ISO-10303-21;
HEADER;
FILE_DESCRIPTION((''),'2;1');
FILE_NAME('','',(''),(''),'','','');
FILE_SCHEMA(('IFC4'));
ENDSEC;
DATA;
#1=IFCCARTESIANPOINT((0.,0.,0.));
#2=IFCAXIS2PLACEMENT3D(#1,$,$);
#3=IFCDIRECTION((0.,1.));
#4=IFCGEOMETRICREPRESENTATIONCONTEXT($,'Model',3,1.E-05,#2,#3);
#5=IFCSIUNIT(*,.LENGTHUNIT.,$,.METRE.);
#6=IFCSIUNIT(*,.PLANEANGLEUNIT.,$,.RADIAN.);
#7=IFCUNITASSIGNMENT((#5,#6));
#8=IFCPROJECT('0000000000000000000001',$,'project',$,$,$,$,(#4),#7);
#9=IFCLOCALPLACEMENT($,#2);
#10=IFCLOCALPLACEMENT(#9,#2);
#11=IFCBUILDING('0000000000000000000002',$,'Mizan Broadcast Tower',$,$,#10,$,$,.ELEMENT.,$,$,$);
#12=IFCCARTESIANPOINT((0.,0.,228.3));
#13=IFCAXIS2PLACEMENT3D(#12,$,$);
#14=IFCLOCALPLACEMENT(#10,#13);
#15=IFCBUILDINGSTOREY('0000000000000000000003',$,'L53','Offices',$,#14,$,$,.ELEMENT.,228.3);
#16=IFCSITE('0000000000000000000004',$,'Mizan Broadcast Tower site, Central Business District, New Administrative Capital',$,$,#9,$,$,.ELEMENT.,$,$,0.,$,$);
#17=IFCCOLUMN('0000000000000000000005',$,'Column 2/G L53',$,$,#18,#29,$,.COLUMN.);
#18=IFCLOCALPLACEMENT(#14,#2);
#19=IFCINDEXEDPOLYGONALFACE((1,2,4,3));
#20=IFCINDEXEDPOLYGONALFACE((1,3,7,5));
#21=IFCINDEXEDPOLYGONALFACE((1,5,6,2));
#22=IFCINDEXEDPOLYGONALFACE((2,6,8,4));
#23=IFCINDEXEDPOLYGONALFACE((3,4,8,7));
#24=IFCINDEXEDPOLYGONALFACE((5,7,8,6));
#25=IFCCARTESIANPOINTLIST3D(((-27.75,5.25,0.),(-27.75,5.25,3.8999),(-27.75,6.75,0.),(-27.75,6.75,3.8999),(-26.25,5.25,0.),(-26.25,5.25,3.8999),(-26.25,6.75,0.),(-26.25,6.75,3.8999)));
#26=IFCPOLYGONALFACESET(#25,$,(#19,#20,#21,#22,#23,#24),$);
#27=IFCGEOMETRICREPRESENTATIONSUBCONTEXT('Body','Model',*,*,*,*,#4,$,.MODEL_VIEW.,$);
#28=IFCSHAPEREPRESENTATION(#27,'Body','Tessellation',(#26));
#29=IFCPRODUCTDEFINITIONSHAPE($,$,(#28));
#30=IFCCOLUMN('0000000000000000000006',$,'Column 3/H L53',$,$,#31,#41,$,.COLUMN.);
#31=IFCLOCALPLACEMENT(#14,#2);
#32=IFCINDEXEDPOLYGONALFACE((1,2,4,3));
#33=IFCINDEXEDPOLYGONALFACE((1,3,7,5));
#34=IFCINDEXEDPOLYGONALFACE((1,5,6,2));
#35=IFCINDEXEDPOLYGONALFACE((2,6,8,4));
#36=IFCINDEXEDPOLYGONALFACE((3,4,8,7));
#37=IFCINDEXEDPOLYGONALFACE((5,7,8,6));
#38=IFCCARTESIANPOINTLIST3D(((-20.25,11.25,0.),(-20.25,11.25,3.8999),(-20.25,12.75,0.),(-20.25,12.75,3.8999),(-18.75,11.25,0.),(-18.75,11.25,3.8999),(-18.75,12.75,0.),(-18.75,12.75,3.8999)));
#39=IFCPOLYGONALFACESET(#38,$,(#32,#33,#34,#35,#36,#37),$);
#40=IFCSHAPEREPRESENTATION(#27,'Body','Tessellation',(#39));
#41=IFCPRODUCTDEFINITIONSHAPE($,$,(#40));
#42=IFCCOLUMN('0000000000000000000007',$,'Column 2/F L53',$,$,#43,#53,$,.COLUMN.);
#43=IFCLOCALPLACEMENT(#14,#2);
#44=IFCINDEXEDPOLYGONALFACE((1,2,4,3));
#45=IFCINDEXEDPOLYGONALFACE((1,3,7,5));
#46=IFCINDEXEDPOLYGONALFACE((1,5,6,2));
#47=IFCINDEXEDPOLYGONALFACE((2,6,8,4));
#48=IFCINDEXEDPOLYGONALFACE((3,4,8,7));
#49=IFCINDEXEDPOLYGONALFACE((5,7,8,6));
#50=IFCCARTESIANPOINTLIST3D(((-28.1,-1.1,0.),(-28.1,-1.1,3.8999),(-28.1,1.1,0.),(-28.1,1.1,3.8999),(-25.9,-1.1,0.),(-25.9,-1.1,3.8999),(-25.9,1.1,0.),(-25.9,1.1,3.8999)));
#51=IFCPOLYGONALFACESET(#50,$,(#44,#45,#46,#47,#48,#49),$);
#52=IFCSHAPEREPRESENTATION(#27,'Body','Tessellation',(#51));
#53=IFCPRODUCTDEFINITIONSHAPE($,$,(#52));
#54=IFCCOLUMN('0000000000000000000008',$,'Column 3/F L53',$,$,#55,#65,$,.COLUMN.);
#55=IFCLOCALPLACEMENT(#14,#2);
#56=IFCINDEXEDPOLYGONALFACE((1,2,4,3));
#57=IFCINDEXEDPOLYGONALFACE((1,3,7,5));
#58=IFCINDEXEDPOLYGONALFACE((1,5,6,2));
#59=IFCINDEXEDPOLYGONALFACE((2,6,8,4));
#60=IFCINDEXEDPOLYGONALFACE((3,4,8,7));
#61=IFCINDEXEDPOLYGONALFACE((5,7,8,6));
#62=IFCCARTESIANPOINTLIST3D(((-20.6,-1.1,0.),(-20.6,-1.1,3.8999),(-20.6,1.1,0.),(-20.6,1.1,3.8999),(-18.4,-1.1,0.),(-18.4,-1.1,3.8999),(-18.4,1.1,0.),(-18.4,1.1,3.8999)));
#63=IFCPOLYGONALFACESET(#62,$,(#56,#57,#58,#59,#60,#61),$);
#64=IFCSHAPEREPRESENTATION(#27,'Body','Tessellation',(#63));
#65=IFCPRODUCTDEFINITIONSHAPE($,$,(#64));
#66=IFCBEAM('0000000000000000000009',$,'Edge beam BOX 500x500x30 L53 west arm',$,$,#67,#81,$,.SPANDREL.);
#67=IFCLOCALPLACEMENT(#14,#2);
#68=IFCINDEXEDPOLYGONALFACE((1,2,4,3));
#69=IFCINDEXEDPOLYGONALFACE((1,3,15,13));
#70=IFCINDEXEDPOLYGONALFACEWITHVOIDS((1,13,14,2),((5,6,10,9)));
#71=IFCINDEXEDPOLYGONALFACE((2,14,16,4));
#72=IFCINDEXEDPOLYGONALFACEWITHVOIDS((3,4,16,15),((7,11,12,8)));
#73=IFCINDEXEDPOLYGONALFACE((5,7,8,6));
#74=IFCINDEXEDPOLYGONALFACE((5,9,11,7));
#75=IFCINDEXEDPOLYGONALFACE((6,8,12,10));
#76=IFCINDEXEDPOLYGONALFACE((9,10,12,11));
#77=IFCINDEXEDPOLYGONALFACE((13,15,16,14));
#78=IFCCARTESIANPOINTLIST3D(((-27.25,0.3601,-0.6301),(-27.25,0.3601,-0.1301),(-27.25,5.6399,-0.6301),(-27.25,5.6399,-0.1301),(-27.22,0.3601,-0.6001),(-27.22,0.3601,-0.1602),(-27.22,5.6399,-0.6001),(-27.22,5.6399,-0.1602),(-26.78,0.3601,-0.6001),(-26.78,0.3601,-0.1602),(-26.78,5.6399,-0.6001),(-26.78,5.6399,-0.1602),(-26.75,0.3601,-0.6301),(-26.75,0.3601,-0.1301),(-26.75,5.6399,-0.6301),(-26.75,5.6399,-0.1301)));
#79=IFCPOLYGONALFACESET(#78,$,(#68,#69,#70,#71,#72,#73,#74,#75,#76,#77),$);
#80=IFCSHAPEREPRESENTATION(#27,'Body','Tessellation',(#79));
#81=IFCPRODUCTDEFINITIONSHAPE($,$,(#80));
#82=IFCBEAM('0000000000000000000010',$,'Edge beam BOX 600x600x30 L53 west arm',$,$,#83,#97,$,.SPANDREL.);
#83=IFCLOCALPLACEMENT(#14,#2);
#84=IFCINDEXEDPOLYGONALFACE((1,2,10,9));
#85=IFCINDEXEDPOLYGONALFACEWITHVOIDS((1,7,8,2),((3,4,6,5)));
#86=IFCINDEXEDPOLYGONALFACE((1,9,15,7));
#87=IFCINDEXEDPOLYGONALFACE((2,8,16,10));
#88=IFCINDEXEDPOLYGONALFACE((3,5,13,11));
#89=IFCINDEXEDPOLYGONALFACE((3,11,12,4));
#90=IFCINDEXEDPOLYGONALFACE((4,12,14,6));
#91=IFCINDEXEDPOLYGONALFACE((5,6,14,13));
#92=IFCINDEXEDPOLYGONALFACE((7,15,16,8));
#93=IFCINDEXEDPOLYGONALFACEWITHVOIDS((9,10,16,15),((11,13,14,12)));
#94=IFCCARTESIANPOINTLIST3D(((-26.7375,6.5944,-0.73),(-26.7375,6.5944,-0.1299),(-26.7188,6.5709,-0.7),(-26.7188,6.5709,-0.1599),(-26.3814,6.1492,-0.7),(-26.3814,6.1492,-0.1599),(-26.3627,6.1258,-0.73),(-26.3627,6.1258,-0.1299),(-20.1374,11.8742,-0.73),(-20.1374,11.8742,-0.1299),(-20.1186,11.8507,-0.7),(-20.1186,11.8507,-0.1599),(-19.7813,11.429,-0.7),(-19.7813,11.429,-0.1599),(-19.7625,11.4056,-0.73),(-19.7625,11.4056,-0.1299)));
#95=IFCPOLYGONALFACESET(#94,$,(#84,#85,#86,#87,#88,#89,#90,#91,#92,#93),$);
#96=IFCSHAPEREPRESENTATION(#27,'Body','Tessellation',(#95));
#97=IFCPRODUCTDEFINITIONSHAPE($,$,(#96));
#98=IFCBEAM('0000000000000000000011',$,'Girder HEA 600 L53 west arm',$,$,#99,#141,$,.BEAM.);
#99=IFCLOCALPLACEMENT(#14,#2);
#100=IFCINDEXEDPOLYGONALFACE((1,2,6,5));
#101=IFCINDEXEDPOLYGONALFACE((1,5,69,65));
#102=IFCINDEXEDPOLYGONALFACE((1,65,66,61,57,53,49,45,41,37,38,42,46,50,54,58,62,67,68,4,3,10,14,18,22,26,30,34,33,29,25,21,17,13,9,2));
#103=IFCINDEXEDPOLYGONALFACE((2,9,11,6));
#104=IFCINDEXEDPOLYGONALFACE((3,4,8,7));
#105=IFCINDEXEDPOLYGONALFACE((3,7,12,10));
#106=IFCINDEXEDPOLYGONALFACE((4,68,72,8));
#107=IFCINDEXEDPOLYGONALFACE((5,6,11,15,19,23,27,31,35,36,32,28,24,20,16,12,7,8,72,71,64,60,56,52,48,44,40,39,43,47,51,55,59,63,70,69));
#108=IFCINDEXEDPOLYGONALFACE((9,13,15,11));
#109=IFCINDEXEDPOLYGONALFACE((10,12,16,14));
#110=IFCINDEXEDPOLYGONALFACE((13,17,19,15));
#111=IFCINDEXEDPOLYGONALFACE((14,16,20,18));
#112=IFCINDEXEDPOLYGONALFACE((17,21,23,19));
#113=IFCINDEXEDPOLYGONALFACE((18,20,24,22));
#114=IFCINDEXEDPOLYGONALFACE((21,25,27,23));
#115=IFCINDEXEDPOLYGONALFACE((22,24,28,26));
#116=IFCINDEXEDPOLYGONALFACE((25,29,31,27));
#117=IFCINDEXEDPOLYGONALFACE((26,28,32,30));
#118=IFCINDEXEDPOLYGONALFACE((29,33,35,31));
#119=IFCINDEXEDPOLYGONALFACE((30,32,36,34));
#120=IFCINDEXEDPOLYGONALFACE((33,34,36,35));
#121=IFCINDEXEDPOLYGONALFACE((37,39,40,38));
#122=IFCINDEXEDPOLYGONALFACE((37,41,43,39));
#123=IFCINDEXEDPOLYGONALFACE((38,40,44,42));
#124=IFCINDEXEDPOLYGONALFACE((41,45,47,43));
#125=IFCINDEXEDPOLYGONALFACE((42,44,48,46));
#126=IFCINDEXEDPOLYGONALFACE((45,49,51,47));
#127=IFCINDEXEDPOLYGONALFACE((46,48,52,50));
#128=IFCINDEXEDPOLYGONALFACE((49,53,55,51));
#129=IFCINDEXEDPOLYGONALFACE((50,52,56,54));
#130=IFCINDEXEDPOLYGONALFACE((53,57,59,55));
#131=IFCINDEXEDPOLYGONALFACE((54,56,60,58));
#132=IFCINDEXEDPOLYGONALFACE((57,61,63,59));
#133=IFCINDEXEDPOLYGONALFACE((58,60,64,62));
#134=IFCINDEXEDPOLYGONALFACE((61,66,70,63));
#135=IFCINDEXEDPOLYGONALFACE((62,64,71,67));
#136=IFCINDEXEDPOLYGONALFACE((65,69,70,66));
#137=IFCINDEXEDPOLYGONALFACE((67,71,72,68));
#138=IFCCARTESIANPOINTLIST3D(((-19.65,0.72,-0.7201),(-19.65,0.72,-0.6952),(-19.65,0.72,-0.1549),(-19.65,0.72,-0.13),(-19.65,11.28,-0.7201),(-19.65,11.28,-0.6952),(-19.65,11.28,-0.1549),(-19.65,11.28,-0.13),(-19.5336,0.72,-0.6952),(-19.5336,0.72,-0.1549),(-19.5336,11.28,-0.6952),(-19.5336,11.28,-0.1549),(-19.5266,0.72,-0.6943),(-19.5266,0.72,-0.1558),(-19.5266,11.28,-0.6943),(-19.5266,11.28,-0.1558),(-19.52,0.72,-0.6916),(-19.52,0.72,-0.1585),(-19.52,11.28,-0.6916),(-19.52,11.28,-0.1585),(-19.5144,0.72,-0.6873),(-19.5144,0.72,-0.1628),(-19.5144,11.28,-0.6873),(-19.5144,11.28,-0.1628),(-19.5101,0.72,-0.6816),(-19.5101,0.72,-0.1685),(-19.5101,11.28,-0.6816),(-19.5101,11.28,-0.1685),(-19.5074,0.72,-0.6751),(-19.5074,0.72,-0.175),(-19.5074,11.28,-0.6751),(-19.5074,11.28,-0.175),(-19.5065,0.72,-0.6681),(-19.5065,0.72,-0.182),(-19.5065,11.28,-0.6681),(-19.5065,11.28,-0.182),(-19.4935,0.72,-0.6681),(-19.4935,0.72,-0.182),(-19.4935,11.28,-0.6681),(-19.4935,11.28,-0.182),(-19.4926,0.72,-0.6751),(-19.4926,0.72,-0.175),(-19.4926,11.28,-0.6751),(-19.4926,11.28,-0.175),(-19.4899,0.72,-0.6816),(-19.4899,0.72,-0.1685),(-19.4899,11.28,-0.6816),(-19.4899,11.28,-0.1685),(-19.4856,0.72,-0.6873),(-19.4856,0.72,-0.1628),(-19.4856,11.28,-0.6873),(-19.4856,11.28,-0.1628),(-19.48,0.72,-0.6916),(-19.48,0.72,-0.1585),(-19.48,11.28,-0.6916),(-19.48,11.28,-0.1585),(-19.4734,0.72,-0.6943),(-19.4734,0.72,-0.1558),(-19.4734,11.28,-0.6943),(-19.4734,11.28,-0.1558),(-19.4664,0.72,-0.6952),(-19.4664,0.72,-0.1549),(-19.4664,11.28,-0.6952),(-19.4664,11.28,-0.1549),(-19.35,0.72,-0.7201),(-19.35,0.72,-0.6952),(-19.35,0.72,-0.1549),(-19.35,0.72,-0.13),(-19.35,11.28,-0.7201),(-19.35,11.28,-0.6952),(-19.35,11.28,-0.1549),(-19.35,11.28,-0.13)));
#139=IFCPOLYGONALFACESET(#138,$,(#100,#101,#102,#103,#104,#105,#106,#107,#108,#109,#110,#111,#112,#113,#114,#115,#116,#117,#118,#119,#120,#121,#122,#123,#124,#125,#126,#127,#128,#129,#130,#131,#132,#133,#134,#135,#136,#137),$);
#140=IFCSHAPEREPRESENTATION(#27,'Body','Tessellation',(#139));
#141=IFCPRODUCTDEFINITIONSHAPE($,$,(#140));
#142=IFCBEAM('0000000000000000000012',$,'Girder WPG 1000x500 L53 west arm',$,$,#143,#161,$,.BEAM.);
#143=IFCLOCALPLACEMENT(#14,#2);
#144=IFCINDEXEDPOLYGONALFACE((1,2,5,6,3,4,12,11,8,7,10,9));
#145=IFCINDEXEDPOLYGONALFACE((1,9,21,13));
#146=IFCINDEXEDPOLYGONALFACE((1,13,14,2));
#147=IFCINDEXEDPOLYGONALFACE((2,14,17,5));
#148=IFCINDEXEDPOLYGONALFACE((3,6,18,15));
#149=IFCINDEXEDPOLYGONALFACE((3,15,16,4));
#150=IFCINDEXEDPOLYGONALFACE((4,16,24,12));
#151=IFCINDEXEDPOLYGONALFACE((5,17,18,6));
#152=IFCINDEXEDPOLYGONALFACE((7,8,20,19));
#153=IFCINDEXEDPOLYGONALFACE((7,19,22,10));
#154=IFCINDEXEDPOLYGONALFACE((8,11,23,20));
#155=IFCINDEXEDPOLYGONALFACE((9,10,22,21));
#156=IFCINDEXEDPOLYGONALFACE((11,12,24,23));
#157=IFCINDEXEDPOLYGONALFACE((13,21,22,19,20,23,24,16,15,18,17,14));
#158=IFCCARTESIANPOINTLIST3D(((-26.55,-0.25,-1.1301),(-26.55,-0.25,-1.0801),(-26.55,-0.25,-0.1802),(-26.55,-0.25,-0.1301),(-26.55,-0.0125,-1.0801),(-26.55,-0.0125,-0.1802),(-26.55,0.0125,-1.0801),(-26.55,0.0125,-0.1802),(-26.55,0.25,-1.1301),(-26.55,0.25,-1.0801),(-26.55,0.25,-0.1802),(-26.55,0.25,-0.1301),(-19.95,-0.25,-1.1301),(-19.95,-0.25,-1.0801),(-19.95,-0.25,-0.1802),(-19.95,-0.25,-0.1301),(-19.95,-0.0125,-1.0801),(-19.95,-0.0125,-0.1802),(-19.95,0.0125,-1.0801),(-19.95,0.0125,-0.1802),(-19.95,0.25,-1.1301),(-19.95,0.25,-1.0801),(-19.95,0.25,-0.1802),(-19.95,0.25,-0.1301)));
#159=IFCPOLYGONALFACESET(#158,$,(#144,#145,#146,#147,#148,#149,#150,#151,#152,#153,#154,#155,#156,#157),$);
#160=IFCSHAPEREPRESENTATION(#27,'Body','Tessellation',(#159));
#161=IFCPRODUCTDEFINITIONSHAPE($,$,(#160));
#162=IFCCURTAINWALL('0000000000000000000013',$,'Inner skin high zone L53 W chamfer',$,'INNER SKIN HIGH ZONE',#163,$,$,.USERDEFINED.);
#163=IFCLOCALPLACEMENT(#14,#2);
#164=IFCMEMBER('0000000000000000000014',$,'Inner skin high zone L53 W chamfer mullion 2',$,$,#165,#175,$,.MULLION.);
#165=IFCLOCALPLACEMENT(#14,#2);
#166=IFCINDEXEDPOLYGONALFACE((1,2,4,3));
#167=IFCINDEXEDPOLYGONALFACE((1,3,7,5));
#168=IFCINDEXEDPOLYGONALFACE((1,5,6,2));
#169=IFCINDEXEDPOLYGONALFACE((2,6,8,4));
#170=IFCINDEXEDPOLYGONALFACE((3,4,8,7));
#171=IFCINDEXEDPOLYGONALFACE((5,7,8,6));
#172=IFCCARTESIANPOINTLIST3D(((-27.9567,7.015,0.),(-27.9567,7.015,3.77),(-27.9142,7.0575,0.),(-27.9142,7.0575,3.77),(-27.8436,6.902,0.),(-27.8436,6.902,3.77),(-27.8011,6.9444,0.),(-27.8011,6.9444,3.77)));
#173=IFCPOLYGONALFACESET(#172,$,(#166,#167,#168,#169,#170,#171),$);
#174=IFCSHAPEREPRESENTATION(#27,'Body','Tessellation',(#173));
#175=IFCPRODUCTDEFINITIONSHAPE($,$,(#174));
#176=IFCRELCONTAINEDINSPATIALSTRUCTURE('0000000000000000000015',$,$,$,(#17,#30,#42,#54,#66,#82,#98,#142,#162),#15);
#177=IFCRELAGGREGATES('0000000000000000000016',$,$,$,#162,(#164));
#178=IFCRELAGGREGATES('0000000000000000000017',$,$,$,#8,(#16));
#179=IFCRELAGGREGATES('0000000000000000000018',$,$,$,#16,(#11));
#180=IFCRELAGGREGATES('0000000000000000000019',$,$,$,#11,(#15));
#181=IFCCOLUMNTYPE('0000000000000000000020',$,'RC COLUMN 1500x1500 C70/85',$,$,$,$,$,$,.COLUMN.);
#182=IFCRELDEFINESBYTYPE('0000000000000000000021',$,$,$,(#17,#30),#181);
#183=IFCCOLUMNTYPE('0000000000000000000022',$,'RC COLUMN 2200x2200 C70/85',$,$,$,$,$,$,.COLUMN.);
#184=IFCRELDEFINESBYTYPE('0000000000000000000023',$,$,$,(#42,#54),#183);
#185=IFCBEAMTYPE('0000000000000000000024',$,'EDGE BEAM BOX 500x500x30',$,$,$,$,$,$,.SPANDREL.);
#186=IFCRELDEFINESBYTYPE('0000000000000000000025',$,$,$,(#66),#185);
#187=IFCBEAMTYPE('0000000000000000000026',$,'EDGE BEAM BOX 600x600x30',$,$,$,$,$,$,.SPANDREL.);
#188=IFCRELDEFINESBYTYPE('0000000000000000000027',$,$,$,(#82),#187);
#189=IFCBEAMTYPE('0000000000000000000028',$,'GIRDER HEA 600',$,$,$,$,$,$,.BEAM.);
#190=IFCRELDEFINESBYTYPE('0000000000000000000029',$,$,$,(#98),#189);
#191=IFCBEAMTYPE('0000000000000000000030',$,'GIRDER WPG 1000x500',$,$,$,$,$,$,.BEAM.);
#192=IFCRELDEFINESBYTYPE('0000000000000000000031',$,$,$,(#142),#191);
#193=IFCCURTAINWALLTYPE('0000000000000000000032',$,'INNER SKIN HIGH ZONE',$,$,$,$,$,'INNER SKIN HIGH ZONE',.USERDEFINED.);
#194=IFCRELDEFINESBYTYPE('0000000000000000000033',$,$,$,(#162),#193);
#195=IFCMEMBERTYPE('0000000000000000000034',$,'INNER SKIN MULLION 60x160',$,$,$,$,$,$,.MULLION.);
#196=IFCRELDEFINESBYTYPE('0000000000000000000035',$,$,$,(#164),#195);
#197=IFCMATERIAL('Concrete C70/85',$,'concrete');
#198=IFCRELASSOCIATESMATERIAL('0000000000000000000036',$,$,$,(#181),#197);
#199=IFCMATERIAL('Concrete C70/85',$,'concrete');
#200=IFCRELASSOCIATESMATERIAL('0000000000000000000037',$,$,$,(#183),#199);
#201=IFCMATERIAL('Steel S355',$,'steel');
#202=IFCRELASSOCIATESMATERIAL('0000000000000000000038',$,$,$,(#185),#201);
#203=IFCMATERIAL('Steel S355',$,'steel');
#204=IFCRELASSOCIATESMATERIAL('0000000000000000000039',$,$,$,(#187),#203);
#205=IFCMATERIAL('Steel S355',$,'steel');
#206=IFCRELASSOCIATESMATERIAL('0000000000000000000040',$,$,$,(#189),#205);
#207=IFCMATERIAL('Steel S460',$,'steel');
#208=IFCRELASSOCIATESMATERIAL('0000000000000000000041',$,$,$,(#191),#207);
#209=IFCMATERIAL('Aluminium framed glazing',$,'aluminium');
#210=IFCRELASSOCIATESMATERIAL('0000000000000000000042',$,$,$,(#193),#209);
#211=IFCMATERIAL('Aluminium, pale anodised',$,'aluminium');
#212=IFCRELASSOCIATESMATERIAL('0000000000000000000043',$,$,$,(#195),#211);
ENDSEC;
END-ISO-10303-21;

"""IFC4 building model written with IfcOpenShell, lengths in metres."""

from ifc_helpers import new_model, si_unit, direction, frame, origin, origin_2d, place, context, subcontext, project, spatial, rectangle, hollow_rectangle, i_section, extrude, material, material_profile, profile_set, type_object, element, aggregate, save


model = new_model("IFC4")

# Units and contexts
model_context = context("Model", 3, precision=1e-05, world=origin(), true_north=direction((0.0, 1.0)))
body_context = subcontext(model_context, "Body", "Model", "MODEL_VIEW")
ifc_project = project(units=[si_unit("LENGTHUNIT", "METRE"), si_unit("PLANEANGLEUNIT", "RADIAN")], contexts=[model_context])

# Site, building, storey
site_placement = place(None, origin())
site = spatial("IfcSite", under=ifc_project, at=site_placement, Name="Mizan Broadcast Tower site, Central Business District, New Administrative Capital", CompositionType="ELEMENT", RefElevation=0.0)
building_placement = place(site_placement, origin())
building = spatial("IfcBuilding", under=site, at=building_placement, Name="Mizan Broadcast Tower", CompositionType="ELEMENT")
storey_placement = place(building_placement, frame((0.0, 0.0, 228.3)))
storey = spatial("IfcBuildingStorey", under=building, at=storey_placement, Name="L53", Description="Offices", CompositionType="ELEMENT", Elevation=228.3)

# Columns
ifc_material_1 = material(Name="Concrete C70/85", Category="concrete")
ifc_material_profile_1 = material_profile(ifc_material_1, rectangle(XDim=1.5, YDim=1.5, at=origin_2d()), Name="RC 1500x1500")
ifc_profile_set_1 = profile_set([ifc_material_profile_1], Name="Concrete C70/85")
column_type_1 = type_object("IfcColumnType", Name="RC COLUMN 1500x1500 C70/85", PredefinedType="COLUMN", material=ifc_profile_set_1)
for number, where, z_axis, x_axis, name in (
    (1, (-27.0, 6.0, 0.0), (0.0, 0.0, 1.0), (1.0, 0.0, 0.0), "Column 2/G L53"),
    (2, (-19.5, 12.0, 0.0), (0.0, 0.0, 1.0), (1.0, 0.0, 0.0), "Column 3/H L53"),
):
    element("IfcColumn", number, at=place(storey_placement, frame(where, z_axis=z_axis, x_axis=x_axis)), inside=storey, type_object=column_type_1, Name=name, PredefinedType="COLUMN", context=body_context, shape_type="SweptSolid", body=[
        extrude(rectangle(XDim=1.5, YDim=1.5, at=origin_2d()), origin(), (0.0, 0.0, 1.0), 3.8999),
    ])
ifc_material_2 = material(Name="Concrete C70/85", Category="concrete")
ifc_material_profile_2 = material_profile(ifc_material_2, rectangle(XDim=2.2, YDim=2.2, at=origin_2d()), Name="RC 2200x2200")
ifc_profile_set_2 = profile_set([ifc_material_profile_2], Name="Concrete C70/85")
column_type_2 = type_object("IfcColumnType", Name="RC COLUMN 2200x2200 C70/85", PredefinedType="COLUMN", material=ifc_profile_set_2)
for number, where, z_axis, x_axis, name in (
    (3, (-27.0, 0.0, 0.0), (0.0, 0.0, 1.0), (1.0, 0.0, 0.0), "Column 2/F L53"),
    (4, (-19.5, 0.0, 0.0), (0.0, 0.0, 1.0), (1.0, 0.0, 0.0), "Column 3/F L53"),
):
    element("IfcColumn", number, at=place(storey_placement, frame(where, z_axis=z_axis, x_axis=x_axis)), inside=storey, type_object=column_type_2, Name=name, PredefinedType="COLUMN", context=body_context, shape_type="SweptSolid", body=[
        extrude(rectangle(XDim=2.2, YDim=2.2, at=origin_2d()), origin(), (0.0, 0.0, 1.0), 3.8999),
    ])

# Beams
ifc_material_3 = material(Name="Steel S355", Category="steel")
ifc_material_profile_3 = material_profile(ifc_material_3, hollow_rectangle(XDim=0.5, YDim=0.5, WallThickness=0.03, at=origin_2d()), Name="BOX 500x500x30")
ifc_profile_set_3 = profile_set([ifc_material_profile_3], Name="Steel S355")
beam_type_1 = type_object("IfcBeamType", Name="EDGE BEAM BOX 500x500x30", PredefinedType="SPANDREL", material=ifc_profile_set_3)
beam_1_placement = place(storey_placement, frame((-27.0, 5.6399, -0.3801), z_axis=(0.0, -1.0, 0.0), x_axis=(1.0, 0.0, 0.0)))
element("IfcBeam", 5, at=beam_1_placement, inside=storey, type_object=beam_type_1, Name="Edge beam BOX 500x500x30 L53 west arm", PredefinedType="SPANDREL", context=body_context, shape_type="SweptSolid", body=[
    extrude(hollow_rectangle(XDim=0.5, YDim=0.5, WallThickness=0.03, at=origin_2d()), origin(), (0.0, 0.0, 1.0), 5.2798),
])
ifc_material_4 = material(Name="Steel S355", Category="steel")
ifc_material_profile_4 = material_profile(ifc_material_4, hollow_rectangle(XDim=0.6001, YDim=0.6001, WallThickness=0.03, at=origin_2d()), Name="BOX 600x600x30")
ifc_profile_set_4 = profile_set([ifc_material_profile_4], Name="Steel S355")
beam_type_2 = type_object("IfcBeamType", Name="EDGE BEAM BOX 600x600x30", PredefinedType="SPANDREL", material=ifc_profile_set_4)
beam_2_placement = place(storey_placement, frame((-19.95, 11.6399, -0.4299), z_axis=(-0.780886, -0.624674, 0.0), x_axis=(0.624674, -0.780886, 0.0)))
element("IfcBeam", 6, at=beam_2_placement, inside=storey, type_object=beam_type_2, Name="Edge beam BOX 600x600x30 L53 west arm", PredefinedType="SPANDREL", context=body_context, shape_type="SweptSolid", body=[
    extrude(hollow_rectangle(XDim=0.6001, YDim=0.6001, WallThickness=0.03, at=origin_2d()), origin(), (0.0, 0.0, 1.0), 8.4521),
])
ifc_material_5 = material(Name="Steel S355", Category="steel")
ifc_material_profile_5 = material_profile(ifc_material_5, i_section(OverallWidth=0.3, OverallDepth=0.5901, WebThickness=0.0129, FlangeThickness=0.0249, FilletRadius=0.0271, at=origin_2d()), Name="HEA 600")
ifc_profile_set_5 = profile_set([ifc_material_profile_5], Name="Steel S355")
beam_type_3 = type_object("IfcBeamType", Name="GIRDER HEA 600", PredefinedType="BEAM", material=ifc_profile_set_5)
beam_3_placement = place(storey_placement, frame((-19.5, 11.28, -0.425), z_axis=(0.0, -1.0, 0.0), x_axis=(1.0, 0.0, 0.0)))
element("IfcBeam", 7, at=beam_3_placement, inside=storey, type_object=beam_type_3, Name="Girder HEA 600 L53 west arm", PredefinedType="BEAM", context=body_context, shape_type="SweptSolid", body=[
    extrude(i_section(OverallWidth=0.3, OverallDepth=0.5901, WebThickness=0.0129, FlangeThickness=0.0249, FilletRadius=0.0271, at=origin_2d()), origin(), (0.0, 0.0, 1.0), 10.5601),
])
ifc_material_6 = material(Name="Steel S460", Category="steel")
ifc_material_profile_6 = material_profile(ifc_material_6, i_section(OverallWidth=0.5, OverallDepth=1.0, WebThickness=0.0249, FlangeThickness=0.05, at=origin_2d()), Name="WPG 1000x500")
ifc_profile_set_6 = profile_set([ifc_material_profile_6], Name="Steel S460")
beam_type_4 = type_object("IfcBeamType", Name="GIRDER WPG 1000x500", PredefinedType="BEAM", material=ifc_profile_set_6)
beam_4_placement = place(storey_placement, frame((-19.95, 0.0, -0.6301), z_axis=(-1.0, 0.0, 0.0), x_axis=(0.0, -1.0, 0.0)))
element("IfcBeam", 8, at=beam_4_placement, inside=storey, type_object=beam_type_4, Name="Girder WPG 1000x500 L53 west arm", PredefinedType="BEAM", context=body_context, shape_type="SweptSolid", body=[
    extrude(i_section(OverallWidth=0.5, OverallDepth=1.0, WebThickness=0.0249, FlangeThickness=0.05, at=origin_2d()), origin(), (0.0, 0.0, 1.0), 6.6001),
])

# Curtain wall, member
ifc_material_7 = material(Name="Aluminium framed glazing", Category="aluminium")
curtain_wall_type_1 = type_object("IfcCurtainWallType", Name="INNER SKIN HIGH ZONE", ElementType="INNER SKIN HIGH ZONE", PredefinedType="USERDEFINED", material=ifc_material_7)
curtain_wall_1_placement = place(storey_placement, origin())
curtain_wall_1 = element("IfcCurtainWall", 9, at=curtain_wall_1_placement, inside=storey, type_object=curtain_wall_type_1, Name="Inner skin high zone L53 W chamfer", ObjectType="INNER SKIN HIGH ZONE", PredefinedType="USERDEFINED")
ifc_material_8 = material(Name="Aluminium, pale anodised", Category="aluminium")
ifc_material_profile_7 = material_profile(ifc_material_8, rectangle(XDim=0.1599, YDim=0.0601, at=origin_2d()), Name="MULLION 160x60")
ifc_profile_set_7 = profile_set([ifc_material_profile_7], Name="Aluminium, pale anodised")
member_type_1 = type_object("IfcMemberType", Name="INNER SKIN MULLION 60x160", PredefinedType="MULLION", material=ifc_profile_set_7)
member_1_placement = place(storey_placement, frame((-27.8789, 6.9797, 0.0), z_axis=(0.0, 0.0, 1.0), x_axis=(0.707107, -0.707107, 0.0)))
member_1 = element("IfcMember", 10, at=member_1_placement, type_object=member_type_1, Name="Inner skin high zone L53 W chamfer mullion 2", PredefinedType="MULLION", context=body_context, shape_type="SweptSolid", body=[
    extrude(rectangle(XDim=0.1599, YDim=0.0601, at=origin_2d()), origin(), (0.0, 0.0, 1.0), 3.77),
])

aggregate(curtain_wall_1, [member_1])

save(model, "model.ifc")
